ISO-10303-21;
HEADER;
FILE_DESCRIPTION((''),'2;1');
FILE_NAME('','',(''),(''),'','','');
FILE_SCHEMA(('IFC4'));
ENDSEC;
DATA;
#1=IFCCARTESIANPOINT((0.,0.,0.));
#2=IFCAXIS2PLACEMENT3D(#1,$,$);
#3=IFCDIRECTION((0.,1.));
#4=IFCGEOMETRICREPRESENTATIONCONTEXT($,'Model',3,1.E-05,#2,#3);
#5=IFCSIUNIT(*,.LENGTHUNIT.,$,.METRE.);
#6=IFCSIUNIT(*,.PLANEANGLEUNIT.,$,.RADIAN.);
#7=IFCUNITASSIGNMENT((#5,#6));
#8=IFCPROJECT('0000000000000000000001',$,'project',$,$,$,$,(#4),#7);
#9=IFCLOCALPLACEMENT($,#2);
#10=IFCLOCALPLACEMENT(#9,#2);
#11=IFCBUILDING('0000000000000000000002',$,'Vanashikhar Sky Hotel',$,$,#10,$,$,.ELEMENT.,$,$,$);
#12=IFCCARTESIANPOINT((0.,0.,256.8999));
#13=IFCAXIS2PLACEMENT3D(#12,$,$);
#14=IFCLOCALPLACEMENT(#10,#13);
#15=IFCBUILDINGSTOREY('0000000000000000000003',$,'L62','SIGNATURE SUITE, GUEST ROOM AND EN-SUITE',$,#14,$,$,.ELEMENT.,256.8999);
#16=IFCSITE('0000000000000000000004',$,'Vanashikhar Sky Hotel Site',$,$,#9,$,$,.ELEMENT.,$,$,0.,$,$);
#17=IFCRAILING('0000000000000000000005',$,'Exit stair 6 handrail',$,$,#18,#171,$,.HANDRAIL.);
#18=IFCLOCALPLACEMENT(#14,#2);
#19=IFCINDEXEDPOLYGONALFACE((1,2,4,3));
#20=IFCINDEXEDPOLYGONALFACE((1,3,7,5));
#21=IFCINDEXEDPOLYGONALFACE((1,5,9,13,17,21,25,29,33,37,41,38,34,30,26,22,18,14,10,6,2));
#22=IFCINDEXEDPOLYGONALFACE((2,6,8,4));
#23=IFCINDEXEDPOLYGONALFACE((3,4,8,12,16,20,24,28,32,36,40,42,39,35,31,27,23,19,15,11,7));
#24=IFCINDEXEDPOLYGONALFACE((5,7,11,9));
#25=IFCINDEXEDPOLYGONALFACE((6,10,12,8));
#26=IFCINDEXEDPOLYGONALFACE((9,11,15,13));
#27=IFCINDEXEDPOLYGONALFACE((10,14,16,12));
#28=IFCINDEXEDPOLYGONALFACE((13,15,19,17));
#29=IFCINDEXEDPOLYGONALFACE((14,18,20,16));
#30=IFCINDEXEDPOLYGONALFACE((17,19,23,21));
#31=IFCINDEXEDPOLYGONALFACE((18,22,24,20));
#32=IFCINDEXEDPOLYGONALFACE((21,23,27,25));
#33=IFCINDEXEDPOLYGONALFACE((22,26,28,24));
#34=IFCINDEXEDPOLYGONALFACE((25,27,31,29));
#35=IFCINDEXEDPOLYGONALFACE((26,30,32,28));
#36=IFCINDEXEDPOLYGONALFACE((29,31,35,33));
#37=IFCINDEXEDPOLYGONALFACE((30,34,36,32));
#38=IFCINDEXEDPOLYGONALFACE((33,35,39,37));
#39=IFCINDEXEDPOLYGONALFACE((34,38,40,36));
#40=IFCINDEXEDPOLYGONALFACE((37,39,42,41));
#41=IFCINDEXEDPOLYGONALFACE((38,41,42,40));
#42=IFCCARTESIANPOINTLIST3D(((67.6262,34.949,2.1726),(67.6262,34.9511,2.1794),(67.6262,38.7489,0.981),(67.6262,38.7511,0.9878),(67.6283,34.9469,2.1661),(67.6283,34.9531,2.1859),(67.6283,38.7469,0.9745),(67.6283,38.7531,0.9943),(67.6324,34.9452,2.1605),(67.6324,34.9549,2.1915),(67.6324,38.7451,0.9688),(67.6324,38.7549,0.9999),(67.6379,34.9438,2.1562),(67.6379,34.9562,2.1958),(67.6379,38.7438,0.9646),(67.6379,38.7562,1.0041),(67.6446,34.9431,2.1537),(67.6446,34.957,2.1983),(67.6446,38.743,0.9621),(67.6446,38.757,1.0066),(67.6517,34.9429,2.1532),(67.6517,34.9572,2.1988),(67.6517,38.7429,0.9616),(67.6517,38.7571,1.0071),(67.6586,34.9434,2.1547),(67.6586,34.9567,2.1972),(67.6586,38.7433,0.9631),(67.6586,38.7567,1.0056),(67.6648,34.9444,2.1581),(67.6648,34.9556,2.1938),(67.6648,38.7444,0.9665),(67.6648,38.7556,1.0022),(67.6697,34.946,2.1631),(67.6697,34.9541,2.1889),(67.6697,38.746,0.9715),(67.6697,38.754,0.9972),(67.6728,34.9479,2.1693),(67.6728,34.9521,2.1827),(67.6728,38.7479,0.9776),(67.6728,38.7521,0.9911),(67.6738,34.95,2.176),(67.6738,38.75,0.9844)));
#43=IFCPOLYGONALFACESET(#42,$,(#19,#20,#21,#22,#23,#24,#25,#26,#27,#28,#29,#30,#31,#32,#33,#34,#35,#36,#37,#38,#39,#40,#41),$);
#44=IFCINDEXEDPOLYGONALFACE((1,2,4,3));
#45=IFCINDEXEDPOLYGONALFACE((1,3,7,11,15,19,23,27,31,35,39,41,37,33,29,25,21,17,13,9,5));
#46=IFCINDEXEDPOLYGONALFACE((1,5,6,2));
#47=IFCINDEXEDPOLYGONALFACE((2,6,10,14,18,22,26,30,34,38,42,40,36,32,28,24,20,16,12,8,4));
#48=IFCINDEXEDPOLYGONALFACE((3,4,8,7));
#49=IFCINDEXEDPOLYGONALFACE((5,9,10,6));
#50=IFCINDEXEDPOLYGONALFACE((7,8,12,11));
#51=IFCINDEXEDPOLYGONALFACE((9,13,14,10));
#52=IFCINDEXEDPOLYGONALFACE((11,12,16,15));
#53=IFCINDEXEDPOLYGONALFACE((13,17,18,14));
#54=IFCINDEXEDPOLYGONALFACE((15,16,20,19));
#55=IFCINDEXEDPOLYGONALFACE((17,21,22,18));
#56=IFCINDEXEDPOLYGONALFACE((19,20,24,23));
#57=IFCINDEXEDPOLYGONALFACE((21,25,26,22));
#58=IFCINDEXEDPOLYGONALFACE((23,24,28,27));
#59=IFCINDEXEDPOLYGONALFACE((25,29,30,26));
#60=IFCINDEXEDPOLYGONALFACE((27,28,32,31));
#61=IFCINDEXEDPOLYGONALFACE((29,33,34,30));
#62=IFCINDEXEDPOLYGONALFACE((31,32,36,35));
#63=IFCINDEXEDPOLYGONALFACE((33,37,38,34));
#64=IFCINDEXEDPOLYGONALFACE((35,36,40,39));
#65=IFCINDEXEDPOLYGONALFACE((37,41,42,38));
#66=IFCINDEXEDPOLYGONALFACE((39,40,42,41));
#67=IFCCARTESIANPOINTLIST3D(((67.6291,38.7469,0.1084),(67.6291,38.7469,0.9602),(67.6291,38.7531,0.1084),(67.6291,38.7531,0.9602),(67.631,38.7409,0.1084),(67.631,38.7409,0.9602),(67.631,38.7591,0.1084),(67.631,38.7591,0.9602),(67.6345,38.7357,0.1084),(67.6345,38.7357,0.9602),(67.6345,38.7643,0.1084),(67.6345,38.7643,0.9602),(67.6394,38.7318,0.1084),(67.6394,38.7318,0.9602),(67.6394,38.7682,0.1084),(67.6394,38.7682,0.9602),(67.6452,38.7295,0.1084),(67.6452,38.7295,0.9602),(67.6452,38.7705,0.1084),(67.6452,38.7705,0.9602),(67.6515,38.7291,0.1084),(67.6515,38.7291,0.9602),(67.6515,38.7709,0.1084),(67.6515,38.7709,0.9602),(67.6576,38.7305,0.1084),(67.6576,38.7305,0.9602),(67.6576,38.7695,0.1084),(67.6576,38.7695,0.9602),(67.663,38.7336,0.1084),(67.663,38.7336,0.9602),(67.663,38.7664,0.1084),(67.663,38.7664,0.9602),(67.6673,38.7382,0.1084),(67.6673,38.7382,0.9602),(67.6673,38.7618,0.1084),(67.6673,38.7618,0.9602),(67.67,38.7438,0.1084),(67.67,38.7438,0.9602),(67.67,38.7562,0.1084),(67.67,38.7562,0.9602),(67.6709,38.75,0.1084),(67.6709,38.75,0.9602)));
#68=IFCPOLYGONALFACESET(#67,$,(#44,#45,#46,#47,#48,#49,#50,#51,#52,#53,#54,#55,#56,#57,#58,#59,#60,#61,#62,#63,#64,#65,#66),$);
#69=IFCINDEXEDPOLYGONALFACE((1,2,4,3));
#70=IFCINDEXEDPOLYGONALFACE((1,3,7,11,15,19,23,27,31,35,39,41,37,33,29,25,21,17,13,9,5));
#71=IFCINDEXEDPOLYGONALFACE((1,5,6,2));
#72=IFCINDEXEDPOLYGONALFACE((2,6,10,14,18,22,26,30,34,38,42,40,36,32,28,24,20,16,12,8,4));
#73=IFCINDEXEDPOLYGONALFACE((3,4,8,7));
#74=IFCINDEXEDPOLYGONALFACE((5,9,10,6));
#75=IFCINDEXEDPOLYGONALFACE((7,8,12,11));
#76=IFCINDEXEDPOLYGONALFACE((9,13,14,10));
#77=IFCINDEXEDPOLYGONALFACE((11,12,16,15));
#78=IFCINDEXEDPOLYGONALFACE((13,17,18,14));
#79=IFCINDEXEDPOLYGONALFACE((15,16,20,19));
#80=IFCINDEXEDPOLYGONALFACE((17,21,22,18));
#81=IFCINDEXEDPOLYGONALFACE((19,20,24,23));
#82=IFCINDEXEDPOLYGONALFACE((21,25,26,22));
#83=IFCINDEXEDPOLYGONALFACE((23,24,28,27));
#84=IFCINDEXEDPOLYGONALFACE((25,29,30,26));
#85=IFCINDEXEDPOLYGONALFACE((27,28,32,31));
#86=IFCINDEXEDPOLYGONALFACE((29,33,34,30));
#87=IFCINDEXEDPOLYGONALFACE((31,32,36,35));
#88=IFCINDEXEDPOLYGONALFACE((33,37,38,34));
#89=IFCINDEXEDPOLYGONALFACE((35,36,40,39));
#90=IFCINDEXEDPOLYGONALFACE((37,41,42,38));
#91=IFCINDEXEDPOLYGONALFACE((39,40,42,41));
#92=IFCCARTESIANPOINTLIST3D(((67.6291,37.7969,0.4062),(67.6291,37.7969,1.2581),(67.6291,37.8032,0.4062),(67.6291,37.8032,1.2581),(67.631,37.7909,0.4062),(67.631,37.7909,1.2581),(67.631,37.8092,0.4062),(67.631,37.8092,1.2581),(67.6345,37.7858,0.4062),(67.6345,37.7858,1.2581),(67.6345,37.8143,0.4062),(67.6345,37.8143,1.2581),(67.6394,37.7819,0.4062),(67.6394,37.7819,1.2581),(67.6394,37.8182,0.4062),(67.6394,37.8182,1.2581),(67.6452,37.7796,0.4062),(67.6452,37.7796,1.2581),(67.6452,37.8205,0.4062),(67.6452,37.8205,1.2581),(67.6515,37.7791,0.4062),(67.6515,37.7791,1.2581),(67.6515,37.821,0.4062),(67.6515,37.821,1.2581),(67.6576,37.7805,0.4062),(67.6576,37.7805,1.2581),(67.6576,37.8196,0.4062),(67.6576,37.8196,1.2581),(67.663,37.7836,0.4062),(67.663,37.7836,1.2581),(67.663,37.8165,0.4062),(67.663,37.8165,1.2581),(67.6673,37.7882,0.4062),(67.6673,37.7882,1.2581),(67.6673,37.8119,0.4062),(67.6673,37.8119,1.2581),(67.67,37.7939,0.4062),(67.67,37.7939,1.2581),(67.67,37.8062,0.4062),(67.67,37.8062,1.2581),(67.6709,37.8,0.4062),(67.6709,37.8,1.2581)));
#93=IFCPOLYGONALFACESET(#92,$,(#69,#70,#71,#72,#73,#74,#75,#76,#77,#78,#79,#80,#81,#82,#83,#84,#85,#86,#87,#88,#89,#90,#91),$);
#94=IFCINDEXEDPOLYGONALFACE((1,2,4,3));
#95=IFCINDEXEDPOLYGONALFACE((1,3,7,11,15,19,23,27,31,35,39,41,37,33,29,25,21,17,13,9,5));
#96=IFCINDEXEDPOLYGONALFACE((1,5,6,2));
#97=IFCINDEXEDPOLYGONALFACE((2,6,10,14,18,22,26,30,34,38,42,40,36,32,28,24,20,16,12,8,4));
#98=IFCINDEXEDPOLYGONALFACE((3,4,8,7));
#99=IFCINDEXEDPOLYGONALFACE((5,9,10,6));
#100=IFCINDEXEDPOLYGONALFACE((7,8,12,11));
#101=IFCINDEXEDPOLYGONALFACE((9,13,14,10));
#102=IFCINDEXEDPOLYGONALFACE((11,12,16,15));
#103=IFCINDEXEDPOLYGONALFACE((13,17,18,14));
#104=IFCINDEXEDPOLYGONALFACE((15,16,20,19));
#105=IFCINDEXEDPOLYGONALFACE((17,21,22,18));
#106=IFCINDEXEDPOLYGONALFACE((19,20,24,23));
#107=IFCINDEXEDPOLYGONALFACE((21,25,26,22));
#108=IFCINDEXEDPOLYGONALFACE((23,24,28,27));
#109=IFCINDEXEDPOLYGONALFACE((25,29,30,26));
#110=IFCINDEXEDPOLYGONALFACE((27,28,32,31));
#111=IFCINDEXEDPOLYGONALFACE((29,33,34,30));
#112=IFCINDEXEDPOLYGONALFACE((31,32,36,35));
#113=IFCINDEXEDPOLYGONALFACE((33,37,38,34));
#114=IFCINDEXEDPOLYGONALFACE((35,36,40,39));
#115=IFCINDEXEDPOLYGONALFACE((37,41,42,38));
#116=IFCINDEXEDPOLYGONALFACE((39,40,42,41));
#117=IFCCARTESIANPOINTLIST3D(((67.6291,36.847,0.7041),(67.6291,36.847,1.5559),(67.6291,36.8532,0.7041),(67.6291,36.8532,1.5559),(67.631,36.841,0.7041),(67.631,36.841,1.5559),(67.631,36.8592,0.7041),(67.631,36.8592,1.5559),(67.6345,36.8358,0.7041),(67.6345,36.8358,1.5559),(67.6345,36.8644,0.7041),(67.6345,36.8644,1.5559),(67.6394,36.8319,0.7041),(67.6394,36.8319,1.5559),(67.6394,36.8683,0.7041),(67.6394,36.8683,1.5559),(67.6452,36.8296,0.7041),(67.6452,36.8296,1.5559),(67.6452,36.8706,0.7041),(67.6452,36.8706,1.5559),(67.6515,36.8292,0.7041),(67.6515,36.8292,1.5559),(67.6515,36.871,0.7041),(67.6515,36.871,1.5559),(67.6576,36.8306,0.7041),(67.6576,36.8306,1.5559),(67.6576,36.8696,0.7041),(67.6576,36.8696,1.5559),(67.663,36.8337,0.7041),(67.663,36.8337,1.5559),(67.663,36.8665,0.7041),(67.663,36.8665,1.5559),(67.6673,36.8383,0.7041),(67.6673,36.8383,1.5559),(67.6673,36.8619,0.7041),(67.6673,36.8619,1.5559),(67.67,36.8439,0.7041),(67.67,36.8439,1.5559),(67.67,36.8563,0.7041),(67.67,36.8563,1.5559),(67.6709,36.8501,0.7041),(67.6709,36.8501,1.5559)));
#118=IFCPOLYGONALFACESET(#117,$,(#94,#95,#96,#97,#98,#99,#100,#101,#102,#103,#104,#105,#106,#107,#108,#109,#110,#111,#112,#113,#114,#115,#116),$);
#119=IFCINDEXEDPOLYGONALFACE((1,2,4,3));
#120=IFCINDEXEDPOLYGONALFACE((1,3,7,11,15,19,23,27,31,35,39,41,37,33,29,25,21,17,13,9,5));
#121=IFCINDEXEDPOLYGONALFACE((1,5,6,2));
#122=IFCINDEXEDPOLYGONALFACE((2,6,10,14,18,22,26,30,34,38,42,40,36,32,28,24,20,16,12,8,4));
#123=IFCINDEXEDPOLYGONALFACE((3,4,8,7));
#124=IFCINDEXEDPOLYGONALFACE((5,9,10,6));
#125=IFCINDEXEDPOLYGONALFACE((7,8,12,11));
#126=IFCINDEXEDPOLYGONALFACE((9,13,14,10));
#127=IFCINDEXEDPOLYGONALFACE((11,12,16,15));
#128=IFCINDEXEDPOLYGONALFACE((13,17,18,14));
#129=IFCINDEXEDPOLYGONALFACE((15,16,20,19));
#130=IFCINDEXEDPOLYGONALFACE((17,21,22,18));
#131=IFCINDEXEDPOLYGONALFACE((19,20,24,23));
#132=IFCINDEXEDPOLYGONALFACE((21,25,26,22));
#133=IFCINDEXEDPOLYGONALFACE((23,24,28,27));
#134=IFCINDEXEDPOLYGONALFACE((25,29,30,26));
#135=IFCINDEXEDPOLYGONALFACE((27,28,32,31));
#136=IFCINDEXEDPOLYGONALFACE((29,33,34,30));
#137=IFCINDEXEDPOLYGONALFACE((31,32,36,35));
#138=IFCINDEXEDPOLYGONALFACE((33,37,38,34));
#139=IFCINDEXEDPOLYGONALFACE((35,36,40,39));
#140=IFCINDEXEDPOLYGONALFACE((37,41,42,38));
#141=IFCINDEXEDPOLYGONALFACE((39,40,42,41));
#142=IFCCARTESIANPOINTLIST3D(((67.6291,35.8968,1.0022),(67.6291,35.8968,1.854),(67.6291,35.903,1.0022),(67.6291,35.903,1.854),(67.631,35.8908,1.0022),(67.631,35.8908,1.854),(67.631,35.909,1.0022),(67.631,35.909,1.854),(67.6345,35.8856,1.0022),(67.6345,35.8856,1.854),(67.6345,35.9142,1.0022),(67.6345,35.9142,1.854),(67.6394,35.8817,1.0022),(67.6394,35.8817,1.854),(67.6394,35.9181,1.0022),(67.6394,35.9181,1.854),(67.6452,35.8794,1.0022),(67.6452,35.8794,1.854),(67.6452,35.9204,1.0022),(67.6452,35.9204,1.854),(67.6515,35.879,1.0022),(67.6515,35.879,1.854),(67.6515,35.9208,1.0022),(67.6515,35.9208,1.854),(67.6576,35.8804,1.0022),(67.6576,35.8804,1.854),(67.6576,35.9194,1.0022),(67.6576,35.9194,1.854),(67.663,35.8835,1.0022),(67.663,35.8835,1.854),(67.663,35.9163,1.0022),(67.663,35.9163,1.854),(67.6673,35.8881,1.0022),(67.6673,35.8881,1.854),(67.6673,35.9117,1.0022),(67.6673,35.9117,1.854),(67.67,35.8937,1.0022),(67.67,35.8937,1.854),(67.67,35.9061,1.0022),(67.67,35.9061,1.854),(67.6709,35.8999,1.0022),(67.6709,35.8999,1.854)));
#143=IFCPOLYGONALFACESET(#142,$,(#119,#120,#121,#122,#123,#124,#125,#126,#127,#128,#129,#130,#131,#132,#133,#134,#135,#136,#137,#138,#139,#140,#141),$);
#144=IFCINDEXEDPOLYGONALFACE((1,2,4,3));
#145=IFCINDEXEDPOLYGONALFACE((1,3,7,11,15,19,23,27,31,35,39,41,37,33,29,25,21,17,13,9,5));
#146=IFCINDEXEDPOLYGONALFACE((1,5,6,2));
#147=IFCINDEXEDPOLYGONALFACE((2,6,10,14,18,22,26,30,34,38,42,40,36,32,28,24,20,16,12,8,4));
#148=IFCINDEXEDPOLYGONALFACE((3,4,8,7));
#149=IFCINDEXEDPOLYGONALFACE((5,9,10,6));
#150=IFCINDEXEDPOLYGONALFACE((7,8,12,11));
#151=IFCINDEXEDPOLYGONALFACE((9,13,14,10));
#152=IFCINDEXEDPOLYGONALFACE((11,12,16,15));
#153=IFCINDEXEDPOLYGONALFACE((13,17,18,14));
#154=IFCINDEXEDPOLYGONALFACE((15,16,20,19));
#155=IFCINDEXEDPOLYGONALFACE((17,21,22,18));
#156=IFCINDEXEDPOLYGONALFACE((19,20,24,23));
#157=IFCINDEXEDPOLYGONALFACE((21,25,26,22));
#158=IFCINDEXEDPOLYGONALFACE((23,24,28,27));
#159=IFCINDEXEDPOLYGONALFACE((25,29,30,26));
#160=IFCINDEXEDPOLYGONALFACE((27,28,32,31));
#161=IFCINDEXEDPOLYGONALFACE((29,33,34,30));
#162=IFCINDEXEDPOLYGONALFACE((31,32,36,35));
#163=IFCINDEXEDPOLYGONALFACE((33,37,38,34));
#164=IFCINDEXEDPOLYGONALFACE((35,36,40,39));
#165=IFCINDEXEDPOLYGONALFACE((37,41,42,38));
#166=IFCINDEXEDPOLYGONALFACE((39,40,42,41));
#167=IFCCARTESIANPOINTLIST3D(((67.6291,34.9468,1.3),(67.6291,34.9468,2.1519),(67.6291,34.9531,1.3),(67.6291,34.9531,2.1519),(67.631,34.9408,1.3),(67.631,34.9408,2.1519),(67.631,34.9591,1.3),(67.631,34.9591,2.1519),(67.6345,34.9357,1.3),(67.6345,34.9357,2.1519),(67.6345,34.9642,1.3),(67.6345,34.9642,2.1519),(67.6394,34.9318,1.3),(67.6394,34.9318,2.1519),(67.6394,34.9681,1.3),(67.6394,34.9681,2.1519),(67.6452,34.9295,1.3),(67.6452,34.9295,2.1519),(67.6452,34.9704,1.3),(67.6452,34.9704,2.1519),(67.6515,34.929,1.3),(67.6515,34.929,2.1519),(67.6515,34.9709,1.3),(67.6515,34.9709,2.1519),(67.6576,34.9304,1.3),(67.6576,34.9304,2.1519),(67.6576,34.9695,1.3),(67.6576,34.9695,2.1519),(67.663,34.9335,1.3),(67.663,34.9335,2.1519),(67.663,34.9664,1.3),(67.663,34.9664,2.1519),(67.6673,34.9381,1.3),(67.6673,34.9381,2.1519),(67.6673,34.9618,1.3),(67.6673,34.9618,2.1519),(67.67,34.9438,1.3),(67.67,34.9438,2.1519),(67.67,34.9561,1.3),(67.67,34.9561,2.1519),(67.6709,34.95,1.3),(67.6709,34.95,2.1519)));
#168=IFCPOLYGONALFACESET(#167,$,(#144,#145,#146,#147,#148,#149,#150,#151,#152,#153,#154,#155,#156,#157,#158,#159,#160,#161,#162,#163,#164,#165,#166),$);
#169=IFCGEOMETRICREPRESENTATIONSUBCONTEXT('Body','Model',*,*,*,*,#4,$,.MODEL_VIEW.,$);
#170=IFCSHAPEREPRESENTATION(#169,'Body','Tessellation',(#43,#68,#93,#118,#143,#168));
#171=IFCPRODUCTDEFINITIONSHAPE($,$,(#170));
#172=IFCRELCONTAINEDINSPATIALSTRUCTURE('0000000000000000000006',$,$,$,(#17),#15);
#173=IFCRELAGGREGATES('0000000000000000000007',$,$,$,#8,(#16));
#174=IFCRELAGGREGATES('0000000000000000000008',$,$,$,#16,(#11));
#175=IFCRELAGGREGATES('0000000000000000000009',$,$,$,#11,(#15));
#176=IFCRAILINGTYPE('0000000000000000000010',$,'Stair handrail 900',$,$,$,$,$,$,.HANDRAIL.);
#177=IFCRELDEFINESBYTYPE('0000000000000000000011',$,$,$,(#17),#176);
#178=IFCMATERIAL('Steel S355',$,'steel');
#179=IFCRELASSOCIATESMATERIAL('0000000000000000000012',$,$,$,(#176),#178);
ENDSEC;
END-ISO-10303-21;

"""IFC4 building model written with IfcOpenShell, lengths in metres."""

from ifc_helpers import new_model, si_unit, direction, frame, origin, origin_2d, place, context, subcontext, project, spatial, circle, extrude, source, transform, mapped, material, type_object, element, save


model = new_model("IFC4")

# Units and contexts
model_context = context("Model", 3, precision=1e-05, world=origin(), true_north=direction((0.0, 1.0)))
body_context = subcontext(model_context, "Body", "Model", "MODEL_VIEW")
ifc_project = project(units=[si_unit("LENGTHUNIT", "METRE"), si_unit("PLANEANGLEUNIT", "RADIAN")], contexts=[model_context])

# Site, building, storey
site_placement = place(None, origin())
site = spatial("IfcSite", under=ifc_project, at=site_placement, Name="Vanashikhar Sky Hotel Site", CompositionType="ELEMENT", RefElevation=0.0)
building_placement = place(site_placement, origin())
building = spatial("IfcBuilding", under=site, at=building_placement, Name="Vanashikhar Sky Hotel", CompositionType="ELEMENT")
storey_placement = place(building_placement, frame((0.0, 0.0, 256.8999)))
storey = spatial("IfcBuildingStorey", under=building, at=storey_placement, Name="L62", Description="SIGNATURE SUITE, GUEST ROOM AND EN-SUITE", CompositionType="ELEMENT", Elevation=256.8999)

# Railing
ifc_material_1 = material(Name="Steel S355", Category="steel")
railing_type_1 = type_object("IfcRailingType", Name="Stair handrail 900", PredefinedType="HANDRAIL", material=ifc_material_1)
shared_shape_1 = source(origin(), body_context, "Body", "SweptSolid", [
    extrude(circle(Radius=0.0239, at=origin_2d()), frame((0.0, 0.0, 0.876), z_axis=(0.0, -0.954184, 0.299221), x_axis=(1.0, 0.0, 0.0)), (0.0, 0.0, 1.0), 3.9824),
    extrude(circle(Radius=0.021, at=origin_2d()), origin(), (0.0, 0.0, 1.0), 0.8518),
    extrude(circle(Radius=0.021, at=origin_2d()), frame((0.0, -0.95, 0.2979)), (0.0, 0.0, 1.0), 0.8518),
    extrude(circle(Radius=0.021, at=origin_2d()), frame((0.0, -1.8999, 0.5957)), (0.0, 0.0, 1.0), 0.8518),
    extrude(circle(Radius=0.021, at=origin_2d()), frame((0.0, -2.8501, 0.8938)), (0.0, 0.0, 1.0), 0.8518),
    extrude(circle(Radius=0.021, at=origin_2d()), frame((0.0, -3.8, 1.1917)), (0.0, 0.0, 1.0), 0.8518),
])
for number, where, name in (
    (1, (67.6499, 38.75, 0.1084), "Exit stair 6 handrail"),
):
    element("IfcRailing", number, at=place(storey_placement, frame(where)), inside=storey, type_object=railing_type_1, Name=name, PredefinedType="HANDRAIL", context=body_context, shape_type="MappedRepresentation", body=[
        mapped(shared_shape_1, transform((0.0, 0.0, 0.0), scale=1.0)),
    ])

save(model, "model.ifc")
